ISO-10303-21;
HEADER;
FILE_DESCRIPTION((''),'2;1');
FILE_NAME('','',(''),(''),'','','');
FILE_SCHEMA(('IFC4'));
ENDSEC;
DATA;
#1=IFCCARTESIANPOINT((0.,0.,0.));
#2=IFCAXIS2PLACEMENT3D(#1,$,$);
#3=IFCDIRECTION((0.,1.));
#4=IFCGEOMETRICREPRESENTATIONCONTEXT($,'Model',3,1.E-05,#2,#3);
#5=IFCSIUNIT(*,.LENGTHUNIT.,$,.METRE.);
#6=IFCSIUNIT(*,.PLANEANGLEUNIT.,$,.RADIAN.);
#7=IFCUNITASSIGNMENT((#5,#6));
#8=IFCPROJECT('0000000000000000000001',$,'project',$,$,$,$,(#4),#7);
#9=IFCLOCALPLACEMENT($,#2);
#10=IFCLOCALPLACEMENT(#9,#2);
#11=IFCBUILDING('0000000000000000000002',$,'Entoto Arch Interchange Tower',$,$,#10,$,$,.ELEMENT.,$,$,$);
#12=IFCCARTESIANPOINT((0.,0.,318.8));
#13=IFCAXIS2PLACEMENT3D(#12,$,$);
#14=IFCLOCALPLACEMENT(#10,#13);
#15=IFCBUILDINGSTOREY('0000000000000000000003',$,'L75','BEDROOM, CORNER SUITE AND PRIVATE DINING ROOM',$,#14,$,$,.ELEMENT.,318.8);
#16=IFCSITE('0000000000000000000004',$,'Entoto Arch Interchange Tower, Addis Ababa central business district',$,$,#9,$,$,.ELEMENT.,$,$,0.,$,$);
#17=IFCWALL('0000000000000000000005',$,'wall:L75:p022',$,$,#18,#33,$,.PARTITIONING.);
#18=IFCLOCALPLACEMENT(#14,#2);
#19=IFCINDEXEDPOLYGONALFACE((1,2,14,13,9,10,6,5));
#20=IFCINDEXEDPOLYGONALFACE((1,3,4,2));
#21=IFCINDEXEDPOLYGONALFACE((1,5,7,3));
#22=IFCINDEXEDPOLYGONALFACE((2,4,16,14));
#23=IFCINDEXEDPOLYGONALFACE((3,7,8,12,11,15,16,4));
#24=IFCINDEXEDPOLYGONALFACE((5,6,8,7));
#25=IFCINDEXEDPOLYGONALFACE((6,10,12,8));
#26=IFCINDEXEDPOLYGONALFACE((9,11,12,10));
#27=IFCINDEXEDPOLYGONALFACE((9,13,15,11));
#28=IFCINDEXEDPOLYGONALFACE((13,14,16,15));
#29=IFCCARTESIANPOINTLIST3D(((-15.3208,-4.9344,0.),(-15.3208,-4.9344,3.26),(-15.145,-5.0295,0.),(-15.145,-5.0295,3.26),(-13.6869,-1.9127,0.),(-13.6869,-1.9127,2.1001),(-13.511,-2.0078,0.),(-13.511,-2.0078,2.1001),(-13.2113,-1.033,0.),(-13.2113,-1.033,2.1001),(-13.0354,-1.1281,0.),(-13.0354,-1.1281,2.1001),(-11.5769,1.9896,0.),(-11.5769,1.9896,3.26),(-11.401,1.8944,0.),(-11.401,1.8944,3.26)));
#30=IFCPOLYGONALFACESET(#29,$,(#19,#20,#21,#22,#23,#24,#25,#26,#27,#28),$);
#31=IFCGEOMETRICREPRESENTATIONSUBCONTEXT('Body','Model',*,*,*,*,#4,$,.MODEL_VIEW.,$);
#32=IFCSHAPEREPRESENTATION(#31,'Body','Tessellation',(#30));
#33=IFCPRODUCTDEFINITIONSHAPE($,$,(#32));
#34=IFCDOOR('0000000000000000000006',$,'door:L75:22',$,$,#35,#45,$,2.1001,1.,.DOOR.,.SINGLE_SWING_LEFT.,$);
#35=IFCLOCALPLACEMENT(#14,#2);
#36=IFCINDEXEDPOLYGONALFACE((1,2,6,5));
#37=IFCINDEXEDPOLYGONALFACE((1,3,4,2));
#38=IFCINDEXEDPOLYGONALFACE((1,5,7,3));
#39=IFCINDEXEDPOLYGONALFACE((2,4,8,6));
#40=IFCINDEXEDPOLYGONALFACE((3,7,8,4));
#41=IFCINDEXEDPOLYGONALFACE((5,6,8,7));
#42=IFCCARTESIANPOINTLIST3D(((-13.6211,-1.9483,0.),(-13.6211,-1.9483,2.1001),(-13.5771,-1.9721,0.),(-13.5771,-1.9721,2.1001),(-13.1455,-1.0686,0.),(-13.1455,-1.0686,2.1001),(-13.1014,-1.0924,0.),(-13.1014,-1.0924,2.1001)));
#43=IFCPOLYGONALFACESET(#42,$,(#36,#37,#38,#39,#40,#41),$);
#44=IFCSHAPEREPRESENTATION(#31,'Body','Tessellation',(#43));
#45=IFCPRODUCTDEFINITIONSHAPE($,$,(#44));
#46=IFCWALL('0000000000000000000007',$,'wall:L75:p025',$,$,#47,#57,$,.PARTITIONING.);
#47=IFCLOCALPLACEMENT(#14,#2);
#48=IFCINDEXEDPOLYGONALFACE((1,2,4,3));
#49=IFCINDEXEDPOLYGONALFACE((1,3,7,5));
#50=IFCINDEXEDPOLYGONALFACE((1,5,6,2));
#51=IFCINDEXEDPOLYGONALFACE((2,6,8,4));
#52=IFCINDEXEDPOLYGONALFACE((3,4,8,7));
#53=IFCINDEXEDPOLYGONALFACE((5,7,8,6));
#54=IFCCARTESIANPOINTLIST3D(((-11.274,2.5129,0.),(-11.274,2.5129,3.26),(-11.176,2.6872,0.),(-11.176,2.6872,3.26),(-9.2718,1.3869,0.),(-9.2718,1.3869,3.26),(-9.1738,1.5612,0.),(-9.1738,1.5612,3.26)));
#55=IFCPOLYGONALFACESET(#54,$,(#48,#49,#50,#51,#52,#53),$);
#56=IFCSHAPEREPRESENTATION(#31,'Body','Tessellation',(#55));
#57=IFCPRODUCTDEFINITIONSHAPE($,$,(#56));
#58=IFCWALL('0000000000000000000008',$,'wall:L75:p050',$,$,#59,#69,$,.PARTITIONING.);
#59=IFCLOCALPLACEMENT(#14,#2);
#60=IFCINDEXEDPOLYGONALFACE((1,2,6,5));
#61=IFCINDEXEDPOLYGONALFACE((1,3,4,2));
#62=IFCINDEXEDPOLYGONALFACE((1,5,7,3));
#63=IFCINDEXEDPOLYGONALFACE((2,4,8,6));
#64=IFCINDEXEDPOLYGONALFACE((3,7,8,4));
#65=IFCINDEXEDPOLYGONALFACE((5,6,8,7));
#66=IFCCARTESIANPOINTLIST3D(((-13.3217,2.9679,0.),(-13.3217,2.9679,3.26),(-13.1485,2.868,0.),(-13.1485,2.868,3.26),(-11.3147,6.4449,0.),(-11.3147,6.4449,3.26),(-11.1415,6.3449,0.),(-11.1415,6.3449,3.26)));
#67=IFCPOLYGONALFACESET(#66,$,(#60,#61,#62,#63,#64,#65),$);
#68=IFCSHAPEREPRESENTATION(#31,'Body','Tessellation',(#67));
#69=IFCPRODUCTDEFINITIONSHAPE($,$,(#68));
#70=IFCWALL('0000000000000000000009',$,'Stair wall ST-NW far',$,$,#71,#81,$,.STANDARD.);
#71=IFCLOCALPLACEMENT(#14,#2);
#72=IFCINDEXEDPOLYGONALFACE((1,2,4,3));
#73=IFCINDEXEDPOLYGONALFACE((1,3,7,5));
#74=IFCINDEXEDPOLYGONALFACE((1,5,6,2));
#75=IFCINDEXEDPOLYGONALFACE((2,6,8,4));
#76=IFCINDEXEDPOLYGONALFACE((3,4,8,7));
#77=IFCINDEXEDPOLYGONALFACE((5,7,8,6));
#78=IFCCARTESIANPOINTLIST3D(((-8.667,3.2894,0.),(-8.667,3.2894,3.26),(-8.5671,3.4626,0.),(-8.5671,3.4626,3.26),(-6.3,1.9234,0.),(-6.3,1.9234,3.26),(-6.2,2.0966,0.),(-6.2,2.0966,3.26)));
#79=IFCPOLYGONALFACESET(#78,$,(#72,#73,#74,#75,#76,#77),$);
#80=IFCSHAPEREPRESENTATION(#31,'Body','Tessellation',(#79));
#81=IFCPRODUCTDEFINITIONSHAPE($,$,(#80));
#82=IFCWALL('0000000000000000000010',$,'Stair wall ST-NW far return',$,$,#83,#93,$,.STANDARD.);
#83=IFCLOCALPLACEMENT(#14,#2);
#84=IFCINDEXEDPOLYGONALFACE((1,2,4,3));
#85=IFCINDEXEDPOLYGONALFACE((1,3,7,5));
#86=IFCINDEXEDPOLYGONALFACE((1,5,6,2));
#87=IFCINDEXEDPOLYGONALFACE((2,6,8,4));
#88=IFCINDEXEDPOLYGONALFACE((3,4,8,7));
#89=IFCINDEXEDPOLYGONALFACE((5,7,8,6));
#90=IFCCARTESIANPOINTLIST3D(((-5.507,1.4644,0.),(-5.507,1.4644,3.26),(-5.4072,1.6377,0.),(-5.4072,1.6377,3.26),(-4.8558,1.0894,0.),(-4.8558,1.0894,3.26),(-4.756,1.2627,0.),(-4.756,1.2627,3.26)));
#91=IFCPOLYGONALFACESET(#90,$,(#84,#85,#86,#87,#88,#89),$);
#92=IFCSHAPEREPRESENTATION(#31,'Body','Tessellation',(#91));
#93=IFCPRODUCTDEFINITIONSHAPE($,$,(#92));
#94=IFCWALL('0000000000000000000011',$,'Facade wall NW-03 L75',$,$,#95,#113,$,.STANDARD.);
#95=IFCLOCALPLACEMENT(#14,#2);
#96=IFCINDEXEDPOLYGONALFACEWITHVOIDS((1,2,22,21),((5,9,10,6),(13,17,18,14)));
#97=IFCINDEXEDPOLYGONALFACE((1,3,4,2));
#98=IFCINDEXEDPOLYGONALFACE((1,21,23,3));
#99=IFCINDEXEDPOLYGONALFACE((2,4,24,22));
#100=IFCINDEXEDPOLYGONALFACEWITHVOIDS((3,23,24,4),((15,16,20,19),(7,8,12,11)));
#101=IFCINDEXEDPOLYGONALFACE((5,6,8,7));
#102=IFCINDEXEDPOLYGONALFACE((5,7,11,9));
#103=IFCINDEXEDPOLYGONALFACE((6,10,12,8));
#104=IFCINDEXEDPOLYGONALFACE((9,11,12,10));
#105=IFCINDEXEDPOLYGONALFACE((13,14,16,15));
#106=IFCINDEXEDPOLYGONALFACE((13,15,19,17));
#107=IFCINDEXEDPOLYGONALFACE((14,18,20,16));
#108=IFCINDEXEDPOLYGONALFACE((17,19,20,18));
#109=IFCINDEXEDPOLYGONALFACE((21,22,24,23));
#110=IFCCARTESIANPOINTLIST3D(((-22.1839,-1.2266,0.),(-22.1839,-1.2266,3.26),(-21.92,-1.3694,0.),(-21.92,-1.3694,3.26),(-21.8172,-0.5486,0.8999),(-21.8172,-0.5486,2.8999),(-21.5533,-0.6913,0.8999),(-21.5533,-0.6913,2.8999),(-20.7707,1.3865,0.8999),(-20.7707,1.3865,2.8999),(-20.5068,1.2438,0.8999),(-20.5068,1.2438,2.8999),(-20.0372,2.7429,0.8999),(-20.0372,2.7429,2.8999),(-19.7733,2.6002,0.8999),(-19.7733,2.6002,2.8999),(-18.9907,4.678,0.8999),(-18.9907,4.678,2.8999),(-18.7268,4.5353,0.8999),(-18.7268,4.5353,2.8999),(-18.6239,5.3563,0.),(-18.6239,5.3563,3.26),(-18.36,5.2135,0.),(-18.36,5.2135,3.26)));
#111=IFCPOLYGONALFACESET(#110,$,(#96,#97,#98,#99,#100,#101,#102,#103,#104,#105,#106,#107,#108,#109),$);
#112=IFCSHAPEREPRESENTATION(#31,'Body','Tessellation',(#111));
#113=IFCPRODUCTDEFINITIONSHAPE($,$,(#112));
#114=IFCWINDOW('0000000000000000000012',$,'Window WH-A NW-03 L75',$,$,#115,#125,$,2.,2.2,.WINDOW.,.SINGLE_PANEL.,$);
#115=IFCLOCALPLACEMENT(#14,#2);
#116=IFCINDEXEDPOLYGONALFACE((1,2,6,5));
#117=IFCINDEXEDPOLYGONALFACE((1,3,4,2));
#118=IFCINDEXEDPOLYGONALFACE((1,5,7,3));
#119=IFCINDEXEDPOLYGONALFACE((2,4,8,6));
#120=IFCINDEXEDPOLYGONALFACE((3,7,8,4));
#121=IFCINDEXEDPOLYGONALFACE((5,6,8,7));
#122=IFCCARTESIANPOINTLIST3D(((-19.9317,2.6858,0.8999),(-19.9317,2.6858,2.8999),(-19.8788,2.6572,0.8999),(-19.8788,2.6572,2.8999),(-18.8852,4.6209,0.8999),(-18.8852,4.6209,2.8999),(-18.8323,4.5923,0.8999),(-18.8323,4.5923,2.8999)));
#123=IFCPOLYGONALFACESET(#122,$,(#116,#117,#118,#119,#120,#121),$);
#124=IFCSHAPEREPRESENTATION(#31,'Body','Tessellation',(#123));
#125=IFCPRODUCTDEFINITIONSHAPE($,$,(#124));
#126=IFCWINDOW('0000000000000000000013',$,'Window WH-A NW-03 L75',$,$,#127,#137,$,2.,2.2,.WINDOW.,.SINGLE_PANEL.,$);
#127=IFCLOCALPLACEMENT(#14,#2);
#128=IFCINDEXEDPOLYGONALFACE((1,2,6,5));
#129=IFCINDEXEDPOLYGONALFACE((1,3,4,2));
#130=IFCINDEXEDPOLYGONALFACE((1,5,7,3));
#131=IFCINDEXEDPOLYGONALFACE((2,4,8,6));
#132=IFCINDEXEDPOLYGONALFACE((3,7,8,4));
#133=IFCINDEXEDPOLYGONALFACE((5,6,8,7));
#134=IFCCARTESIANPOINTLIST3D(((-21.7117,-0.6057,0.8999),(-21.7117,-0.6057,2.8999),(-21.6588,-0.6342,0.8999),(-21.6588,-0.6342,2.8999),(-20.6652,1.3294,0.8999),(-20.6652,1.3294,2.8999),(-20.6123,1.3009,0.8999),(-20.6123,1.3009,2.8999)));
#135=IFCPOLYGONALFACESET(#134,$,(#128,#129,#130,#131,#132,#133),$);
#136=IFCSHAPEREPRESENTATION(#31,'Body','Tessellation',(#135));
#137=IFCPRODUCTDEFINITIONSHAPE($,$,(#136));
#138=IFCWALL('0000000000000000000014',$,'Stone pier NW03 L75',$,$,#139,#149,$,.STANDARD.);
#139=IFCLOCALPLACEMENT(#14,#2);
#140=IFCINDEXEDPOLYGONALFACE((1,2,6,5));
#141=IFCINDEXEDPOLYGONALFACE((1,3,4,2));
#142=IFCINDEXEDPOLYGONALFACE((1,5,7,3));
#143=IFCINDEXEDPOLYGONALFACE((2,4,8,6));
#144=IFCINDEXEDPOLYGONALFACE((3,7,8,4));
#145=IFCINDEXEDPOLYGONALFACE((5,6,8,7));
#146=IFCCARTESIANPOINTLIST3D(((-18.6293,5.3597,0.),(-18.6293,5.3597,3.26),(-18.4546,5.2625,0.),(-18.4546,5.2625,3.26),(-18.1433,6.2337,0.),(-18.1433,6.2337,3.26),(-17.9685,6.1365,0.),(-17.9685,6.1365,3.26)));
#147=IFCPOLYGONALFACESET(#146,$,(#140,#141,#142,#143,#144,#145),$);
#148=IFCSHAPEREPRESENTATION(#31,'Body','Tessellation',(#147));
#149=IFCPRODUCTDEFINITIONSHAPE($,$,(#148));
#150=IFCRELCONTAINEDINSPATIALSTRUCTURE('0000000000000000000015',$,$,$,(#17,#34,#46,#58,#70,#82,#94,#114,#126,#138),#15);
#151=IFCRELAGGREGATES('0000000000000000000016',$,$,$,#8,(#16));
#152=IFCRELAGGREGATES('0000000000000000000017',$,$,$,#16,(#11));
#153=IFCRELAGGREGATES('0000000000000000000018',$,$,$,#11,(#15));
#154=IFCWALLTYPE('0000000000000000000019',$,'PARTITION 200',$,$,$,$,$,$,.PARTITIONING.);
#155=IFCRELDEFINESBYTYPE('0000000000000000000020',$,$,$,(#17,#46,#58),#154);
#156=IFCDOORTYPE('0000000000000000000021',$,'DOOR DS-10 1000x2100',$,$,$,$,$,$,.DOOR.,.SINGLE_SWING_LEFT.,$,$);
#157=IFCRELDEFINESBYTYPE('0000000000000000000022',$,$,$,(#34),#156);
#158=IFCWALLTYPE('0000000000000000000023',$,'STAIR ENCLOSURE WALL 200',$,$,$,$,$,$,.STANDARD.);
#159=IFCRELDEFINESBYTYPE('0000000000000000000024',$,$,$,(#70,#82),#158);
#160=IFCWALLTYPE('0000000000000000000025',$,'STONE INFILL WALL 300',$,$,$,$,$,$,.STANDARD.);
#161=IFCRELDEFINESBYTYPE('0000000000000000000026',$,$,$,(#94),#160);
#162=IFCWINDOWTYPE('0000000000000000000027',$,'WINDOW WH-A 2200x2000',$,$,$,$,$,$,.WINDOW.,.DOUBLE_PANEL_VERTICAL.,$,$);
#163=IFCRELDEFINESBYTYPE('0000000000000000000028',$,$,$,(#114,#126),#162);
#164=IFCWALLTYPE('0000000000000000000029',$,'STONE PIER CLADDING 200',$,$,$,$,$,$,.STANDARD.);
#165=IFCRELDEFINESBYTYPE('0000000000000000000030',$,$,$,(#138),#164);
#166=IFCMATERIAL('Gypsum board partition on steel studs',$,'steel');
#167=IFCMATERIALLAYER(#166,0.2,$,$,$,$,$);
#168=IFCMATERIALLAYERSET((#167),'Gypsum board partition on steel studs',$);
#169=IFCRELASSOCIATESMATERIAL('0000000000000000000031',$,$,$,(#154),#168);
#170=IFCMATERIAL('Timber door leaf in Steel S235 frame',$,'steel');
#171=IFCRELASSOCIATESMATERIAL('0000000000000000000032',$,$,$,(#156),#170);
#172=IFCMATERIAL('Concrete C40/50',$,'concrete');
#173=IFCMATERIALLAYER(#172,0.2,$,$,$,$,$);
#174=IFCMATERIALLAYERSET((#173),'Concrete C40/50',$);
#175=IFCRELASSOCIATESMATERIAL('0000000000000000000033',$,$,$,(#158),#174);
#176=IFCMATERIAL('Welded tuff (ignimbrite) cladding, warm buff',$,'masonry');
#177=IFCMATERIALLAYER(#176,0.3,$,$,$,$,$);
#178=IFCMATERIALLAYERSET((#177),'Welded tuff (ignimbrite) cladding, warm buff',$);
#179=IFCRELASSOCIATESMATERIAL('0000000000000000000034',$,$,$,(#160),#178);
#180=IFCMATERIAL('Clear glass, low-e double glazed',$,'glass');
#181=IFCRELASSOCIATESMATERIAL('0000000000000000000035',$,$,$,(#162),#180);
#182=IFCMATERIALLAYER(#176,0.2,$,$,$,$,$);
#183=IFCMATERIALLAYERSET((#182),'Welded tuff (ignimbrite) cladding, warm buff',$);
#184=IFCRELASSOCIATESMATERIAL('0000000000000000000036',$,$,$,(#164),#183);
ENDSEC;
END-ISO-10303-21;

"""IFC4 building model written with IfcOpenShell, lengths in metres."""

from ifc_helpers import new_model, si_unit, direction, frame, frame_2d, origin, place, context, subcontext, project, spatial, rectangle, extrude, material, layer, layer_set, type_object, element, fill, save


model = new_model("IFC4")

# Units and contexts
model_context = context("Model", 3, precision=1e-05, world=origin(), true_north=direction((0.0, 1.0)))
body_context = subcontext(model_context, "Body", "Model", "MODEL_VIEW")
ifc_project = project(units=[si_unit("LENGTHUNIT", "METRE"), si_unit("PLANEANGLEUNIT", "RADIAN")], contexts=[model_context])

# Site, building, storey
site_placement = place(None, origin())
site = spatial("IfcSite", under=ifc_project, at=site_placement, Name="Entoto Arch Interchange Tower, Addis Ababa central business district", CompositionType="ELEMENT", RefElevation=0.0)
building_placement = place(site_placement, origin())
building = spatial("IfcBuilding", under=site, at=building_placement, Name="Entoto Arch Interchange Tower", CompositionType="ELEMENT")
storey_placement = place(building_placement, frame((0.0, 0.0, 318.8)))
storey = spatial("IfcBuildingStorey", under=building, at=storey_placement, Name="L75", Description="BEDROOM, CORNER SUITE AND PRIVATE DINING ROOM", CompositionType="ELEMENT", Elevation=318.8)

# Shared definitions
ifc_material_1 = material(Name="Concrete C40/50", Category="concrete")

# Shared definitions
ifc_material_2 = material(Name="Gypsum board partition on steel studs", Category="steel")
ifc_layer_1 = layer(ifc_material_2, 0.2)
ifc_layer_set_1 = layer_set([ifc_layer_1], Name="Gypsum board partition on steel studs")
wall_type_1 = type_object("IfcWallType", Name="PARTITION 200", PredefinedType="PARTITIONING", material=ifc_layer_set_1)

# Wall, opening, door
wall_1_placement = place(storey_placement, frame((-11.489, 1.9419, 0.0), z_axis=(0.0, 0.0, 1.0), x_axis=(-0.475644, -0.879638, 0.0)))
wall_1 = element("IfcWall", 1, at=wall_1_placement, inside=storey, type_object=wall_type_1, Name="wall:L75:p022", PredefinedType="PARTITIONING", context=body_context, shape_type="SweptSolid", body=[
    extrude(rectangle(XDim=7.8713, YDim=0.2, at=frame_2d((3.9355, 0.0))), origin(), (0.0, 0.0, 1.0), 3.26),
])
opening_1_placement = place(wall_1_placement, frame((3.436, 0.0, 0.0)))
opening_1 = element("IfcOpeningElement", 2, at=opening_1_placement, cuts=wall_1, PredefinedType="OPENING", context=body_context, shape_type="SweptSolid", body=[
    extrude(rectangle(XDim=1.0, YDim=2.1001, at=frame_2d((0.5, 1.05))), frame((0.0, 0.1099, 0.0), z_axis=(0.0, -1.0, 0.0), x_axis=(1.0, 0.0, 0.0)), (0.0, 0.0, 1.0), 0.22),
])
ifc_material_3 = material(Name="Timber door leaf in Steel S235 frame", Category="steel")
door_type_1 = type_object("IfcDoorType", Name="DOOR DS-10 1000x2100", OperationType="SINGLE_SWING_LEFT", PredefinedType="DOOR", material=ifc_material_3)
door_1_placement = place(opening_1_placement, origin())
door_1 = element("IfcDoor", 3, at=door_1_placement, inside=storey, type_object=door_type_1, Name="door:L75:22", OperationType="SINGLE_SWING_LEFT", OverallHeight=2.1001, OverallWidth=1.0, PredefinedType="DOOR", context=body_context, shape_type="SweptSolid", body=[
    extrude(rectangle(XDim=1.0, YDim=2.1001, at=frame_2d((0.5, 1.05))), frame((0.0, 0.0249, 0.0), z_axis=(0.0, -1.0, 0.0), x_axis=(1.0, 0.0, 0.0)), (0.0, 0.0, 1.0), 0.05),
])
fill(opening_1, door_1)

# Walls
wall_2_placement = place(storey_placement, frame((-9.2229, 1.4741, 0.0), z_axis=(0.0, 0.0, 1.0), x_axis=(-0.871624, 0.490175, 0.0)))
element("IfcWall", 4, at=wall_2_placement, inside=storey, type_object=wall_type_1, Name="wall:L75:p025", PredefinedType="PARTITIONING", context=body_context, shape_type="SweptSolid", body=[
    extrude(rectangle(XDim=2.2971, YDim=0.2, at=frame_2d((1.1484, 0.0))), origin(), (0.0, 0.0, 1.0), 3.26),
])
wall_3_placement = place(storey_placement, frame((-13.2351, 2.918, 0.0), z_axis=(0.0, 0.0, 1.0), x_axis=(0.499926, 0.866068, 0.0)))
element("IfcWall", 5, at=wall_3_placement, inside=storey, type_object=wall_type_1, Name="wall:L75:p050", PredefinedType="PARTITIONING", context=body_context, shape_type="SweptSolid", body=[
    extrude(rectangle(XDim=4.0146, YDim=0.2, at=frame_2d((2.0073, 0.0))), origin(), (0.0, 0.0, 1.0), 3.26),
])
ifc_layer_2 = layer(ifc_material_1, 0.2)
ifc_layer_set_2 = layer_set([ifc_layer_2], Name="Concrete C40/50")
wall_type_2 = type_object("IfcWallType", Name="STAIR ENCLOSURE WALL 200", PredefinedType="STANDARD", material=ifc_layer_set_2)
wall_4_placement = place(storey_placement, frame((-6.25, 2.01, 0.0), z_axis=(0.0, 0.0, 1.0), x_axis=(-0.866119, 0.499838, 0.0)))
element("IfcWall", 6, at=wall_4_placement, inside=storey, type_object=wall_type_2, Name="Stair wall ST-NW far", PredefinedType="STANDARD", context=body_context, shape_type="SweptSolid", body=[
    extrude(rectangle(XDim=2.7329, YDim=0.2, at=frame_2d((1.3665, 0.0))), origin(), (0.0, 0.0, 1.0), 3.26),
])
wall_5_placement = place(storey_placement, frame((-4.8059, 1.176, 0.0), z_axis=(0.0, 0.0, 1.0), x_axis=(-0.866559, 0.499075, 0.0)))
element("IfcWall", 7, at=wall_5_placement, inside=storey, type_object=wall_type_2, Name="Stair wall ST-NW far return", PredefinedType="STANDARD", context=body_context, shape_type="SweptSolid", body=[
    extrude(rectangle(XDim=0.7515, YDim=0.2, at=frame_2d((0.3757, 0.0))), origin(), (0.0, 0.0, 1.0), 3.26),
])

# Wall, openings, windows
ifc_material_4 = material(Name="Welded tuff (ignimbrite) cladding, warm buff", Category="masonry")
ifc_layer_3 = layer(ifc_material_4, 0.3)
ifc_layer_set_3 = layer_set([ifc_layer_3], Name="Welded tuff (ignimbrite) cladding, warm buff")
wall_type_3 = type_object("IfcWallType", Name="STONE INFILL WALL 300", PredefinedType="STANDARD", material=ifc_layer_set_3)
wall_6_placement = place(storey_placement, frame((-18.4919, 5.2849, 0.0), z_axis=(0.0, 0.0, 1.0), x_axis=(-0.47569, -0.879613, 0.0)))
wall_6 = element("IfcWall", 8, at=wall_6_placement, inside=storey, type_object=wall_type_3, Name="Facade wall NW-03 L75", PredefinedType="STANDARD", context=body_context, shape_type="SweptSolid", body=[
    extrude(rectangle(XDim=7.4839, YDim=0.3, at=frame_2d((3.7419, 0.0))), origin(), (0.0, 0.0, 1.0), 3.26),
])
opening_2_placement = place(wall_6_placement, frame((0.771, 0.0, 0.8999)))
opening_2 = element("IfcOpeningElement", 9, at=opening_2_placement, cuts=wall_6, PredefinedType="OPENING", context=body_context, shape_type="SweptSolid", body=[
    extrude(rectangle(XDim=2.2, YDim=2.0, at=frame_2d((1.1001, 1.0))), frame((0.0, 0.1602, 0.0), z_axis=(0.0, -1.0, 0.0), x_axis=(1.0, 0.0, 0.0)), (0.0, 0.0, 1.0), 0.3201),
])
opening_3_placement = place(wall_6_placement, frame((4.5129, 0.0, 0.8999)))
opening_3 = element("IfcOpeningElement", 10, at=opening_3_placement, cuts=wall_6, PredefinedType="OPENING", context=body_context, shape_type="SweptSolid", body=[
    extrude(rectangle(XDim=2.2, YDim=2.0, at=frame_2d((1.1001, 1.0))), frame((0.0, 0.1602, 0.0), z_axis=(0.0, -1.0, 0.0), x_axis=(1.0, 0.0, 0.0)), (0.0, 0.0, 1.0), 0.3201),
])
ifc_material_5 = material(Name="Clear glass, low-e double glazed", Category="glass")
window_type = type_object("IfcWindowType", Name="WINDOW WH-A 2200x2000", PartitioningType="DOUBLE_PANEL_VERTICAL", PredefinedType="WINDOW", material=ifc_material_5)
window_1_placement = place(opening_2_placement, origin())
window_1 = element("IfcWindow", 11, at=window_1_placement, inside=storey, type_object=window_type, Name="Window WH-A NW-03 L75", OverallHeight=2.0, OverallWidth=2.2, PartitioningType="SINGLE_PANEL", PredefinedType="WINDOW", context=body_context, shape_type="SweptSolid", body=[
    extrude(rectangle(XDim=2.2, YDim=2.0, at=frame_2d((1.1001, 1.0))), frame((0.0, 0.03, 0.0), z_axis=(0.0, -1.0, 0.0), x_axis=(1.0, 0.0, 0.0)), (0.0, 0.0, 1.0), 0.0601),
])
fill(opening_2, window_1)
window_2_placement = place(opening_3_placement, origin())
window_2 = element("IfcWindow", 12, at=window_2_placement, inside=storey, type_object=window_type, Name="Window WH-A NW-03 L75", OverallHeight=2.0, OverallWidth=2.2, PartitioningType="SINGLE_PANEL", PredefinedType="WINDOW", context=body_context, shape_type="SweptSolid", body=[
    extrude(rectangle(XDim=2.2, YDim=2.0, at=frame_2d((1.1001, 1.0))), frame((0.0, 0.03, 0.0), z_axis=(0.0, -1.0, 0.0), x_axis=(1.0, 0.0, 0.0)), (0.0, 0.0, 1.0), 0.0601),
])
fill(opening_3, window_2)

# Wall
ifc_layer_4 = layer(ifc_material_4, 0.2)
ifc_layer_set_4 = layer_set([ifc_layer_4], Name="Welded tuff (ignimbrite) cladding, warm buff")
wall_type_4 = type_object("IfcWallType", Name="STONE PIER CLADDING 200", PredefinedType="STANDARD", material=ifc_layer_set_4)
wall_7_placement = place(storey_placement, frame((-18.0559, 6.1851, 0.0), z_axis=(0.0, 0.0, 1.0), x_axis=(-0.486037, -0.873938, 0.0)))
element("IfcWall", 13, at=wall_7_placement, inside=storey, type_object=wall_type_4, Name="Stone pier NW03 L75", PredefinedType="STANDARD", context=body_context, shape_type="SweptSolid", body=[
    extrude(rectangle(XDim=1.0, YDim=0.2, at=frame_2d((0.5, 0.0))), origin(), (0.0, 0.0, 1.0), 3.26),
])

save(model, "model.ifc")
